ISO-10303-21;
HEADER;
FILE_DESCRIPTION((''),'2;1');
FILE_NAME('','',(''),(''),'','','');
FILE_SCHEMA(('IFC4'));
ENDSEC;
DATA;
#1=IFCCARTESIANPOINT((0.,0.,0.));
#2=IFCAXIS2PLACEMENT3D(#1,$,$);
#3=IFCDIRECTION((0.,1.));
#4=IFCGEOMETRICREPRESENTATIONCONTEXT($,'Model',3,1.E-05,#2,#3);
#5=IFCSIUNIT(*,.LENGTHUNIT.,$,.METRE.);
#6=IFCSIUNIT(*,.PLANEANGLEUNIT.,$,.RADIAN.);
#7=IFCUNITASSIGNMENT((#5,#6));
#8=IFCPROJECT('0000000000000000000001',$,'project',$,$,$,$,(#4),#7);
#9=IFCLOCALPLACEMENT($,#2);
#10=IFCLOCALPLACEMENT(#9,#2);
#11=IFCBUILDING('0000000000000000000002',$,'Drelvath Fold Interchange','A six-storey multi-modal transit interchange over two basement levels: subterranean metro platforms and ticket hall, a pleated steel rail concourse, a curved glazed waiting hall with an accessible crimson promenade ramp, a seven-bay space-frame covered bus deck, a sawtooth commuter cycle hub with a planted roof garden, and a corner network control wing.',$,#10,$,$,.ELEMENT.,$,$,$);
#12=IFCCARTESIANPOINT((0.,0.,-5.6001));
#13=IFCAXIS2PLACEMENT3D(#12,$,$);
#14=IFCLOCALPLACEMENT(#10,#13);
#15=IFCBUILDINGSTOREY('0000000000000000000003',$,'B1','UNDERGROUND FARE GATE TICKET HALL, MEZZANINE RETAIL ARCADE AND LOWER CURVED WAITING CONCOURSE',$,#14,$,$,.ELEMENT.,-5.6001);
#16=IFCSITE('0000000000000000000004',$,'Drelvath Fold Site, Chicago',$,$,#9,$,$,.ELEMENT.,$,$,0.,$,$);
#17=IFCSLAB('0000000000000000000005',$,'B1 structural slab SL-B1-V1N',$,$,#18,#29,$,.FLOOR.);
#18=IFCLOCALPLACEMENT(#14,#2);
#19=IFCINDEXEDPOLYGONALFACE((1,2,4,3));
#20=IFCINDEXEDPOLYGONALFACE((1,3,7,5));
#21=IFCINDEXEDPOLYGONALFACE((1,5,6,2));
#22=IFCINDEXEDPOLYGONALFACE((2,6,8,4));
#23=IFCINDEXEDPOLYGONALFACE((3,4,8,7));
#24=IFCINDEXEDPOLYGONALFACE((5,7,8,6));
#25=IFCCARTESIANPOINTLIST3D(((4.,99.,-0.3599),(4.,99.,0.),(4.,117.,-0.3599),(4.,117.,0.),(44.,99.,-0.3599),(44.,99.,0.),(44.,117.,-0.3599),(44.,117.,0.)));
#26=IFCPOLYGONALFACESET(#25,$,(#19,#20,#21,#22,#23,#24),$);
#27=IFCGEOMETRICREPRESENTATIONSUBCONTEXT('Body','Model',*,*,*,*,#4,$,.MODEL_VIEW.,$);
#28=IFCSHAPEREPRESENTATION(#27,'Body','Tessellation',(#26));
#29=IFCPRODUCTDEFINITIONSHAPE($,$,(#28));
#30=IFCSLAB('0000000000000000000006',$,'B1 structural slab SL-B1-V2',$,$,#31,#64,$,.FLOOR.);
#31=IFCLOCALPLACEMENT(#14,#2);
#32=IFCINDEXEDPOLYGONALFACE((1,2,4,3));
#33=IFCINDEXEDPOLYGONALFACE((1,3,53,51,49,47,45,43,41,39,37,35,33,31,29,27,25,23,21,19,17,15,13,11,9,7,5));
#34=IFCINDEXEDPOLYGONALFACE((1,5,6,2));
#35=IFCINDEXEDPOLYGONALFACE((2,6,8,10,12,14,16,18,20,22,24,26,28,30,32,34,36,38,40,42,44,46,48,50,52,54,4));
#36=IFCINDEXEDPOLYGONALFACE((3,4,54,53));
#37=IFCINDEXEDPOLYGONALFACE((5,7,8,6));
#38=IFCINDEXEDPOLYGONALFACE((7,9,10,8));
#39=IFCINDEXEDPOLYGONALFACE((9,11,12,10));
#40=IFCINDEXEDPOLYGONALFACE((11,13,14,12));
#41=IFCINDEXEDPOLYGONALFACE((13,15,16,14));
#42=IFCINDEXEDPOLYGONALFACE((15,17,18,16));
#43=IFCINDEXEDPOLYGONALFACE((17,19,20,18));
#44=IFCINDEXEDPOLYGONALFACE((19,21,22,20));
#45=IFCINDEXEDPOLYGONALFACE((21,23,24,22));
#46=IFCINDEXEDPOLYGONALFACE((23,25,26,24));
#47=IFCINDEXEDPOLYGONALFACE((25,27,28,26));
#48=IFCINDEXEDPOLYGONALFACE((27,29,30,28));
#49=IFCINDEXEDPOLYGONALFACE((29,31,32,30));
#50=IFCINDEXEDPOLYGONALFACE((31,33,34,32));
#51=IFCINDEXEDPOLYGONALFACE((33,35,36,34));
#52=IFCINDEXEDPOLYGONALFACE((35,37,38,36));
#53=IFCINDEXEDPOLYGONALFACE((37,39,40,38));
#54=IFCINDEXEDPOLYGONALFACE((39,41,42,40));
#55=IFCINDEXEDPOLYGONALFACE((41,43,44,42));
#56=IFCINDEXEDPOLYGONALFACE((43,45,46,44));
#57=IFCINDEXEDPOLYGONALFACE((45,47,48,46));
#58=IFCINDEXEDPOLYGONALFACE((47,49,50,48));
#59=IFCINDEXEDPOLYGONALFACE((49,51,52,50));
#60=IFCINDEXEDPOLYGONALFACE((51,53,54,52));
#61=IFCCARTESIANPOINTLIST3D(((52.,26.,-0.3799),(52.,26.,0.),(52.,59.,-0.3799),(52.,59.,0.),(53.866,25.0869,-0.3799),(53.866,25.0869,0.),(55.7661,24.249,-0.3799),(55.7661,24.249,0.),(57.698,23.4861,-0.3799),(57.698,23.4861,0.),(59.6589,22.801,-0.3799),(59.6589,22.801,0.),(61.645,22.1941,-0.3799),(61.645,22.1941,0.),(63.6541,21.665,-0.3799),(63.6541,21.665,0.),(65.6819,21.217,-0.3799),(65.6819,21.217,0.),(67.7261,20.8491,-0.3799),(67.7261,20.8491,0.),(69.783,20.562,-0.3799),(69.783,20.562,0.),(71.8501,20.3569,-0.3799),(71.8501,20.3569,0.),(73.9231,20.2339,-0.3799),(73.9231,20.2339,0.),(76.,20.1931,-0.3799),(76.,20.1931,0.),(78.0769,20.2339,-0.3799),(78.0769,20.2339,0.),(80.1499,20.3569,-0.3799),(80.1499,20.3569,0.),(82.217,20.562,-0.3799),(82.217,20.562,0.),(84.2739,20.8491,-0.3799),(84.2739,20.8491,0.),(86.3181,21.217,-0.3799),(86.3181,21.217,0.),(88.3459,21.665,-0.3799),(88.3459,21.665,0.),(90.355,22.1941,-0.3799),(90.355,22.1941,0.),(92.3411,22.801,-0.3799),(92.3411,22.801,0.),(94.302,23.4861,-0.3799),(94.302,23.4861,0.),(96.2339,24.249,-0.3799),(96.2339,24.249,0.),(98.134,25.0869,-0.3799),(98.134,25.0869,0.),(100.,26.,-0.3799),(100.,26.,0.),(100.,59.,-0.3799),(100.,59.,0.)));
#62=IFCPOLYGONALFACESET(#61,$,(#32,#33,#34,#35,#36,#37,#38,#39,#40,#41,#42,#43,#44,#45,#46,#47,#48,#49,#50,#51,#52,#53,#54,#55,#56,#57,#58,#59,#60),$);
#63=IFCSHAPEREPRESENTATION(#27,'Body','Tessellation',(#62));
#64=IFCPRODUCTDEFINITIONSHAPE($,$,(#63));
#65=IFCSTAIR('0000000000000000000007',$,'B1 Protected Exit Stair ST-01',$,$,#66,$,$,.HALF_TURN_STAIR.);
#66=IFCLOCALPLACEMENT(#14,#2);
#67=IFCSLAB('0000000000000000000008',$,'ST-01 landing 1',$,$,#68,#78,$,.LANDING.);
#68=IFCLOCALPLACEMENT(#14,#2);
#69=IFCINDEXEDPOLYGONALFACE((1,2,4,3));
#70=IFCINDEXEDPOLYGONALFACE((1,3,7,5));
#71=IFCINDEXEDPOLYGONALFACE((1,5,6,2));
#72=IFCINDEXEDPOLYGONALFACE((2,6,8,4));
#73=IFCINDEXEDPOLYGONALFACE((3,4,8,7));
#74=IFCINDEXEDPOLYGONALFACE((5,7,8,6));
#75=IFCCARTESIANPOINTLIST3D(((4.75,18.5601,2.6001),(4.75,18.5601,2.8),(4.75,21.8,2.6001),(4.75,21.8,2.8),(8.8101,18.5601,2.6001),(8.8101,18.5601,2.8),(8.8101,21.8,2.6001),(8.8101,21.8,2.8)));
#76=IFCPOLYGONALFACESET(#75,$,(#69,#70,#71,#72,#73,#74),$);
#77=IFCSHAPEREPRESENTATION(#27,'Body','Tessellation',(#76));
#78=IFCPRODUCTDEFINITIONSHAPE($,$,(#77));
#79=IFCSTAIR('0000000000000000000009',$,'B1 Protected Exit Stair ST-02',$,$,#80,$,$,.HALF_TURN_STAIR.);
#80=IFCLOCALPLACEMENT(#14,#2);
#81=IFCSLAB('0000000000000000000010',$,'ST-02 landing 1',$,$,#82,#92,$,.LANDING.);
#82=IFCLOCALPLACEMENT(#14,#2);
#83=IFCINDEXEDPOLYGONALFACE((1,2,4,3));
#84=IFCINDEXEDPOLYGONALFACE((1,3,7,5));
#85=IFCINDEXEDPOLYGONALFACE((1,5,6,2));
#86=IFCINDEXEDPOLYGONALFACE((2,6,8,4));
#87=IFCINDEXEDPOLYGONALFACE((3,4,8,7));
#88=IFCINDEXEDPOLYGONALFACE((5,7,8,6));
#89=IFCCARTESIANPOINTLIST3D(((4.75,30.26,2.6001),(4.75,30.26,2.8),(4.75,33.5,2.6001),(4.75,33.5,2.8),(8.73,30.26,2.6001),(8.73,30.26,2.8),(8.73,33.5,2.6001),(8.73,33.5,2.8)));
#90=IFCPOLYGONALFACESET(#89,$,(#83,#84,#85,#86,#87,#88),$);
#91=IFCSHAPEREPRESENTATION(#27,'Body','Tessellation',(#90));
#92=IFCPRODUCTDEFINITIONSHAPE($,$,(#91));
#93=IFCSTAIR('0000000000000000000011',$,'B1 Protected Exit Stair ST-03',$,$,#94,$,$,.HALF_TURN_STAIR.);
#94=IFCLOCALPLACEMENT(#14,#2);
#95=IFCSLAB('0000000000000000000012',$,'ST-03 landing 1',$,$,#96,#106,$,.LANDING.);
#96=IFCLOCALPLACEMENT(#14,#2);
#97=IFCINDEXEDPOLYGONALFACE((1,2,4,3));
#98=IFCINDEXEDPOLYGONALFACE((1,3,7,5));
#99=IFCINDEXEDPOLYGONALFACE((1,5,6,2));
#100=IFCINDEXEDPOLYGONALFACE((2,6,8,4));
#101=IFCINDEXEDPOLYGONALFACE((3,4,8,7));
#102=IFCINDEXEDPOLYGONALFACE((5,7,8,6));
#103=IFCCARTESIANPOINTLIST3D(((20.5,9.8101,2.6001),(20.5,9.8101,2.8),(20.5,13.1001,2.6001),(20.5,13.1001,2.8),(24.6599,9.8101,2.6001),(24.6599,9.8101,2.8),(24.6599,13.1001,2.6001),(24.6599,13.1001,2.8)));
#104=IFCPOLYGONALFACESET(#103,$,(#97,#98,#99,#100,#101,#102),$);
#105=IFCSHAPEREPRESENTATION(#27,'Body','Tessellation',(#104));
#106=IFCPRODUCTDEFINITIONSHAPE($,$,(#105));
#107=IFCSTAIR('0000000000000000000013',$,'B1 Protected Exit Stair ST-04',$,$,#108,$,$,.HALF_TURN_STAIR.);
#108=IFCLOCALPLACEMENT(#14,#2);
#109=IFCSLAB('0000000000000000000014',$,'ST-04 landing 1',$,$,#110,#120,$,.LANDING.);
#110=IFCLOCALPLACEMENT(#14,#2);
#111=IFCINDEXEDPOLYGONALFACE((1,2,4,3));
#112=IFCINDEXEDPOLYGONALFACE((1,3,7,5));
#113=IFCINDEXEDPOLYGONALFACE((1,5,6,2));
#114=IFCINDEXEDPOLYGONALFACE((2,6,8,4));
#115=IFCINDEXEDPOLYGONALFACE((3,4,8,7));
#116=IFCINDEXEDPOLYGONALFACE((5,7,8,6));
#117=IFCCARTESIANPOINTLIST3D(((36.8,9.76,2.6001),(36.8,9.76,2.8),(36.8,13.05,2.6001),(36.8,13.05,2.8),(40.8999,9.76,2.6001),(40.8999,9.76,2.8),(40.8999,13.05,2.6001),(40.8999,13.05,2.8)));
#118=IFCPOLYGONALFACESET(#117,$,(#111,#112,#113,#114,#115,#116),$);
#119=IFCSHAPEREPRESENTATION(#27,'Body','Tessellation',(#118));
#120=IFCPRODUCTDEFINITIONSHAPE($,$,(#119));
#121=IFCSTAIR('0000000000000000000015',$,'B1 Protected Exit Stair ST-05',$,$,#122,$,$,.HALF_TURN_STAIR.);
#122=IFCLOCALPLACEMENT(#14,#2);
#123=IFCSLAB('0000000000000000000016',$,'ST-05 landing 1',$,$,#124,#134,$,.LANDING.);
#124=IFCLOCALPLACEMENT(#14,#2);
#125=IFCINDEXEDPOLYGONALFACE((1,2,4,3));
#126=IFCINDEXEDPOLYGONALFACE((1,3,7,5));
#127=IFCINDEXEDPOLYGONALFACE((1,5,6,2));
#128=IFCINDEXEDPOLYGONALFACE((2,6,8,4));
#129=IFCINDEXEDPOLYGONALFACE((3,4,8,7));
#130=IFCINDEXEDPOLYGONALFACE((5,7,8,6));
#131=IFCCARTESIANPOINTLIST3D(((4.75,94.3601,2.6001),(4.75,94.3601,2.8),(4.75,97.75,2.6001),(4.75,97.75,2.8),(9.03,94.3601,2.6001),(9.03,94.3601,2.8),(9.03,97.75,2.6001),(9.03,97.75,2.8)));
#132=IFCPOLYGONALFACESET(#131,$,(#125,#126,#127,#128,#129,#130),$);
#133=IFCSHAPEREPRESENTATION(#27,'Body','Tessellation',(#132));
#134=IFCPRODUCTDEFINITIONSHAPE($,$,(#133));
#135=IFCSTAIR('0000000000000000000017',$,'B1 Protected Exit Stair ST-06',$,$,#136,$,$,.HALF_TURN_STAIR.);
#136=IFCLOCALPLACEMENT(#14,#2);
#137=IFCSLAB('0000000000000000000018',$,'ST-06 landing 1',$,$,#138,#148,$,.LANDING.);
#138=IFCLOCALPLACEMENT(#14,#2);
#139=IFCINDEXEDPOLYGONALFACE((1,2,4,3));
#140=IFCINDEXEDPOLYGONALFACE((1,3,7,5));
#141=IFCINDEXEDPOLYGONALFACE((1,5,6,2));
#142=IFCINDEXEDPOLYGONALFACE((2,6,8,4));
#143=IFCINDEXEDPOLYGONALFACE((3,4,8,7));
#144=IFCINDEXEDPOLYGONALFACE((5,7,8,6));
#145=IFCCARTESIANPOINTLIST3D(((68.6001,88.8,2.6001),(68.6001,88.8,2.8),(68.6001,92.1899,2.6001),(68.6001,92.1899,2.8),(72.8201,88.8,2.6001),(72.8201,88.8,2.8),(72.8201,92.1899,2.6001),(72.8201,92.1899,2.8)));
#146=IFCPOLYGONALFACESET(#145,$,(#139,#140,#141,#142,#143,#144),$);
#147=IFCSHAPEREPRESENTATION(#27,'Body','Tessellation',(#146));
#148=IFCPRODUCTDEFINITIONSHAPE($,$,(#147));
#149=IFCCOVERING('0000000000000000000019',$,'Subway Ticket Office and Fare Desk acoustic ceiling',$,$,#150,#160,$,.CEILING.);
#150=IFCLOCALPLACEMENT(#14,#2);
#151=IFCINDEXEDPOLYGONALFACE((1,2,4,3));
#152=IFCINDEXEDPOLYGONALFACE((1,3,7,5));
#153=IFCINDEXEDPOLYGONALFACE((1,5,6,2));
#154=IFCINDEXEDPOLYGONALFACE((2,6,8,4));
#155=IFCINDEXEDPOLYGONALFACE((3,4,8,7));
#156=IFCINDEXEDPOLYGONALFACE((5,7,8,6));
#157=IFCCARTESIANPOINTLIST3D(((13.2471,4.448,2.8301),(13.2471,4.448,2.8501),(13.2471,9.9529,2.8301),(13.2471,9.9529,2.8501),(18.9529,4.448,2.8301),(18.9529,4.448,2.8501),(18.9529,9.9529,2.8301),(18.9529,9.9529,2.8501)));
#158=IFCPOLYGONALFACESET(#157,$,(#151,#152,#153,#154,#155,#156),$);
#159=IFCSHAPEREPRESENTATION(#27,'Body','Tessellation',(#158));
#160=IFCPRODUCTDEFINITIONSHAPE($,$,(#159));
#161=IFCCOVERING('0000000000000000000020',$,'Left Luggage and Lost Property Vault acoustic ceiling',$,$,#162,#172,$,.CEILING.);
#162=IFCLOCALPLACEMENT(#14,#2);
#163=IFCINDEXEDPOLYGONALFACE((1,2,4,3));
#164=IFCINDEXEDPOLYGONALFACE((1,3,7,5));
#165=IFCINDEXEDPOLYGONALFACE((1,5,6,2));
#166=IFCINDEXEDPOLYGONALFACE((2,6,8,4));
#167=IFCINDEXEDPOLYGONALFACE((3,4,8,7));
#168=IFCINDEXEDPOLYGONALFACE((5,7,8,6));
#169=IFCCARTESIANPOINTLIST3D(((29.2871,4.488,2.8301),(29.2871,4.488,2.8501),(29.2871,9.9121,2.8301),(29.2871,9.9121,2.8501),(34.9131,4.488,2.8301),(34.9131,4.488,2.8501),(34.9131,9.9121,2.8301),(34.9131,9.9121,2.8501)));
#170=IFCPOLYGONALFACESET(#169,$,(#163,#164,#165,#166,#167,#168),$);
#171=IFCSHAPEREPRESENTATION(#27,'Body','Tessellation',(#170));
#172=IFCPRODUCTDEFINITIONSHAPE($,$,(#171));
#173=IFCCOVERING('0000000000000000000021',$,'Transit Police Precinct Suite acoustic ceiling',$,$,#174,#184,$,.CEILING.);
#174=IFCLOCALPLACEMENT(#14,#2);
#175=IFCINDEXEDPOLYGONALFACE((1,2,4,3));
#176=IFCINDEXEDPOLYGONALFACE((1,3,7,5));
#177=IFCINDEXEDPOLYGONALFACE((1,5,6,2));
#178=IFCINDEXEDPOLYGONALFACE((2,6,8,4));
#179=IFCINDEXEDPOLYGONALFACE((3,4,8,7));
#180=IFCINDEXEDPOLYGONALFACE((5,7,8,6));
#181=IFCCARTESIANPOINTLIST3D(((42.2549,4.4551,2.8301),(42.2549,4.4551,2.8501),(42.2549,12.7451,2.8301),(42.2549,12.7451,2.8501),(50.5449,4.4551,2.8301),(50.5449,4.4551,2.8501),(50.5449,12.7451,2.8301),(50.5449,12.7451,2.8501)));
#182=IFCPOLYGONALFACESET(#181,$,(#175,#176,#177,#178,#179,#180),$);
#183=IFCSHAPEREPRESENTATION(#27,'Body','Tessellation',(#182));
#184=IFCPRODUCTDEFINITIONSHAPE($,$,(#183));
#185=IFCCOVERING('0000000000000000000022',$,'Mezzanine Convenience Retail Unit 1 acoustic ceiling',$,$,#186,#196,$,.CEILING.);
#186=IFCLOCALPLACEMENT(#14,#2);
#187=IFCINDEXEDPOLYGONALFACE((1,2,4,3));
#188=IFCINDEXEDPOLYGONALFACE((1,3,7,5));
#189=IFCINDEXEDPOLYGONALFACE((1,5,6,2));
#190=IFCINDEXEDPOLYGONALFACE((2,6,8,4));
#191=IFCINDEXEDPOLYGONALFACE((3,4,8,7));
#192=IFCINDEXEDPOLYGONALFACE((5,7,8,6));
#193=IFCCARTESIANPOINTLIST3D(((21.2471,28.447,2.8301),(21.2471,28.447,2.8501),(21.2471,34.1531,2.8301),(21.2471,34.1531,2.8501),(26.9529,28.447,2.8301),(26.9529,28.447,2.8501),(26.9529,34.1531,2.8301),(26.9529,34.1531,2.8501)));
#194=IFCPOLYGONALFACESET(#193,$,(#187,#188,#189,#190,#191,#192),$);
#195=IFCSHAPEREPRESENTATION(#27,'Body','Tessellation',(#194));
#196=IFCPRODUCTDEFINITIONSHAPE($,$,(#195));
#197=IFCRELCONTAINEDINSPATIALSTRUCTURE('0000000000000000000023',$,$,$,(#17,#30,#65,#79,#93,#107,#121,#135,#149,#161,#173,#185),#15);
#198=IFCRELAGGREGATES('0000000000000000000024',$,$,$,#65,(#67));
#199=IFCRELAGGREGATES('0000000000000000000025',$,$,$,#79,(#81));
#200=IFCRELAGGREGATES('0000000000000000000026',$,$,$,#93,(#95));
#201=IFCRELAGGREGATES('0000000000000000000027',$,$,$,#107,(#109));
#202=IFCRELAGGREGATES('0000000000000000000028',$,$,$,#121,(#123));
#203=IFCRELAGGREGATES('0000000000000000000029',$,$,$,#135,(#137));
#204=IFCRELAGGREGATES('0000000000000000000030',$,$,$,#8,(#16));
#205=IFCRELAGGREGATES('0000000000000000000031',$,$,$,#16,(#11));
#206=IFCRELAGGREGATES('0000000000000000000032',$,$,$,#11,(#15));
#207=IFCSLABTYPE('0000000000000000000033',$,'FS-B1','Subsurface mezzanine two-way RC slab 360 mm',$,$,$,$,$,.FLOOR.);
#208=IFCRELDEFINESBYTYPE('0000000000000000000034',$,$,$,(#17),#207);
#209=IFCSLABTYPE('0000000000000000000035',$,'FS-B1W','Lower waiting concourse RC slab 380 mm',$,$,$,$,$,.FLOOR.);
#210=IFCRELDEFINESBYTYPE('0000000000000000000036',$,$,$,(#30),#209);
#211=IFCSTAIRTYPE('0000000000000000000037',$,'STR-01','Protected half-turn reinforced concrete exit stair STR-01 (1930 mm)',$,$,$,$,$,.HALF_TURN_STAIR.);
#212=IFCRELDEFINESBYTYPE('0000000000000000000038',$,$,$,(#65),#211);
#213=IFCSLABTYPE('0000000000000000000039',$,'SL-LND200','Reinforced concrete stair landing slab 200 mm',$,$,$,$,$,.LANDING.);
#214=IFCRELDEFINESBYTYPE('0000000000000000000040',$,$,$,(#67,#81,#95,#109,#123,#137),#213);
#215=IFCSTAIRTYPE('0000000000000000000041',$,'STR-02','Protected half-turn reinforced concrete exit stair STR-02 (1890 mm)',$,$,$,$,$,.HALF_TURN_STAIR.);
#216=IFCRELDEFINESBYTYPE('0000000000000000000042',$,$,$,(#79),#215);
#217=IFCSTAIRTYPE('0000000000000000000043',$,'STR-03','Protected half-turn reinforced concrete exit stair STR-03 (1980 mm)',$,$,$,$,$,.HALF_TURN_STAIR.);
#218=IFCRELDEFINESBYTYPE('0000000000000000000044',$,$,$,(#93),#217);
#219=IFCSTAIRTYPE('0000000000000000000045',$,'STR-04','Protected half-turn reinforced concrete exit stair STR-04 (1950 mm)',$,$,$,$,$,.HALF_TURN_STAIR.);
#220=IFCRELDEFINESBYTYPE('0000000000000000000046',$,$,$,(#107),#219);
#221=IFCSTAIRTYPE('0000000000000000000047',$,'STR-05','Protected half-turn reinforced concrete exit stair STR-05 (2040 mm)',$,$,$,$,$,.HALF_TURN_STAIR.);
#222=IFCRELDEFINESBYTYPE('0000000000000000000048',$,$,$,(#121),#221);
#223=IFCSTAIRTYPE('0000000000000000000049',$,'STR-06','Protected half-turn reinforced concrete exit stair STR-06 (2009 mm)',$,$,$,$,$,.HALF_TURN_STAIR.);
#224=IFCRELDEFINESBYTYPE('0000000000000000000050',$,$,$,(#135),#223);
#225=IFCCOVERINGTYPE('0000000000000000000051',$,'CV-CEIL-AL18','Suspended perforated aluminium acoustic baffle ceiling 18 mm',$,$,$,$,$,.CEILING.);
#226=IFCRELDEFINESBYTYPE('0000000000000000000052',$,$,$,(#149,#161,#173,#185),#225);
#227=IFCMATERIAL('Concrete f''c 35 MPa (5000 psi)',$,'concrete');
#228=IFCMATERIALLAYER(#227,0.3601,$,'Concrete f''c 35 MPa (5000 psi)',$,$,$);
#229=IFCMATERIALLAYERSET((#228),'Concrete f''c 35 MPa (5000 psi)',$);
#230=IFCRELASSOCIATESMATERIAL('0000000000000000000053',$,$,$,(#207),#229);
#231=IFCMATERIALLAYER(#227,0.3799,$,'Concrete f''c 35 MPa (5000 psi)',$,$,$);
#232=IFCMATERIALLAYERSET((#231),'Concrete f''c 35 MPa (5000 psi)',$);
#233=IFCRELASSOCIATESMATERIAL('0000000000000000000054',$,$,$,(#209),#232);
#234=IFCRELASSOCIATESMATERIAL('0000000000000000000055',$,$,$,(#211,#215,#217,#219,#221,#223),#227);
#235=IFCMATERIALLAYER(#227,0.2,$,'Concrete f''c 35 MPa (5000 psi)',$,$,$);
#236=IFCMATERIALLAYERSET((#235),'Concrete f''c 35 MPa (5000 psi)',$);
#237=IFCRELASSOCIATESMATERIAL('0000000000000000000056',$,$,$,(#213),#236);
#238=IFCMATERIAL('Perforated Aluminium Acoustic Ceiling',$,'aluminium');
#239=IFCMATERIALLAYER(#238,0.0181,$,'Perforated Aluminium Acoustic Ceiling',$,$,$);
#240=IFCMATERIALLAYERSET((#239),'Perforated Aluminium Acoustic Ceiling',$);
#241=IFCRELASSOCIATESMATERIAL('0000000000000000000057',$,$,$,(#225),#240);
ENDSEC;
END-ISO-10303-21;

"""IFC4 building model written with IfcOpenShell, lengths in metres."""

from ifc_helpers import new_model, si_unit, direction, frame, origin, place, context, subcontext, project, spatial, polyline, outline, extrude, material, layer, layer_set, type_object, element, aggregate, save


model = new_model("IFC4")

# Units and contexts
model_context = context("Model", 3, precision=1e-05, world=origin(), true_north=direction((0.0, 1.0)))
body_context = subcontext(model_context, "Body", "Model", "MODEL_VIEW")
ifc_project = project(units=[si_unit("LENGTHUNIT", "METRE"), si_unit("PLANEANGLEUNIT", "RADIAN")], contexts=[model_context])

# Site, building, storey
site_placement = place(None, origin())
site = spatial("IfcSite", under=ifc_project, at=site_placement, Name="Drelvath Fold Site, Chicago", CompositionType="ELEMENT", RefElevation=0.0)
building_placement = place(site_placement, origin())
building = spatial("IfcBuilding", under=site, at=building_placement, Name="Drelvath Fold Interchange", Description="A six-storey multi-modal transit interchange over two basement levels: subterranean metro platforms and ticket hall, a pleated steel rail concourse, a curved glazed waiting hall with an accessible crimson promenade ramp, a seven-bay space-frame covered bus deck, a sawtooth commuter cycle hub with a planted roof garden, and a corner network control wing.", CompositionType="ELEMENT")
storey_placement = place(building_placement, frame((0.0, 0.0, -5.6001)))
storey = spatial("IfcBuildingStorey", under=building, at=storey_placement, Name="B1", Description="UNDERGROUND FARE GATE TICKET HALL, MEZZANINE RETAIL ARCADE AND LOWER CURVED WAITING CONCOURSE", CompositionType="ELEMENT", Elevation=-5.6001)

# Slabs
ifc_material_1 = material(Name="Concrete f'c 35 MPa (5000 psi)", Category="concrete")
ifc_layer_1 = layer(ifc_material_1, 0.3601, Name="Concrete f'c 35 MPa (5000 psi)")
ifc_layer_set_1 = layer_set([ifc_layer_1], Name="Concrete f'c 35 MPa (5000 psi)")
slab_type_1 = type_object("IfcSlabType", Name="FS-B1", Description="Subsurface mezzanine two-way RC slab 360 mm", PredefinedType="FLOOR", material=ifc_layer_set_1)
slab_1_placement = place(storey_placement, frame((0.0, 0.0, -0.3599)))
element("IfcSlab", 1, at=slab_1_placement, inside=storey, type_object=slab_type_1, Name="B1 structural slab SL-B1-V1N", PredefinedType="FLOOR", context=body_context, shape_type="SweptSolid", body=[
    extrude(outline(polyline([(4.0, 99.0), (44.0, 99.0), (44.0, 117.0), (4.0, 117.0), (4.0, 99.0)])), origin(), (0.0, 0.0, 1.0), 0.3599),
])
ifc_layer_2 = layer(ifc_material_1, 0.3799, Name="Concrete f'c 35 MPa (5000 psi)")
ifc_layer_set_2 = layer_set([ifc_layer_2], Name="Concrete f'c 35 MPa (5000 psi)")
slab_type_2 = type_object("IfcSlabType", Name="FS-B1W", Description="Lower waiting concourse RC slab 380 mm", PredefinedType="FLOOR", material=ifc_layer_set_2)
slab_2_placement = place(storey_placement, frame((0.0, 0.0, -0.3799)))
element("IfcSlab", 2, at=slab_2_placement, inside=storey, type_object=slab_type_2, Name="B1 structural slab SL-B1-V2", PredefinedType="FLOOR", context=body_context, shape_type="SweptSolid", body=[
    extrude(outline(polyline([(52.0, 26.0), (53.866, 25.0869), (55.7661, 24.249), (57.698, 23.4861), (59.6589, 22.801), (61.645, 22.1941), (63.6541, 21.665), (65.6819, 21.217), (67.7261, 20.8491), (69.783, 20.562), (71.8501, 20.3569), (73.9231, 20.2339), (76.0, 20.1931), (78.0769, 20.2339), (80.1499, 20.3569), (82.217, 20.562), (84.2739, 20.8491), (86.3181, 21.217), (88.3459, 21.665), (90.355, 22.1941), (92.3411, 22.801), (94.302, 23.4861), (96.2339, 24.249), (98.134, 25.0869), (100.0, 26.0), (100.0, 59.0), (52.0, 59.0), (52.0, 26.0)])), origin(), (0.0, 0.0, 1.0), 0.3799),
])

# Stairs, slabs
stair_type_1 = type_object("IfcStairType", Name="STR-01", Description="Protected half-turn reinforced concrete exit stair STR-01 (1930 mm)", PredefinedType="HALF_TURN_STAIR", material=ifc_material_1)
stair_1_placement = place(storey_placement, origin())
stair_1 = element("IfcStair", 3, at=stair_1_placement, inside=storey, type_object=stair_type_1, Name="B1 Protected Exit Stair ST-01", PredefinedType="HALF_TURN_STAIR")
ifc_layer_3 = layer(ifc_material_1, 0.2, Name="Concrete f'c 35 MPa (5000 psi)")
ifc_layer_set_3 = layer_set([ifc_layer_3], Name="Concrete f'c 35 MPa (5000 psi)")
slab_type_3 = type_object("IfcSlabType", Name="SL-LND200", Description="Reinforced concrete stair landing slab 200 mm", PredefinedType="LANDING", material=ifc_layer_set_3)
slab_3_placement = place(storey_placement, frame((0.0, 0.0, 2.6001)))
slab_3 = element("IfcSlab", 4, at=slab_3_placement, type_object=slab_type_3, Name="ST-01 landing 1", PredefinedType="LANDING", context=body_context, shape_type="SweptSolid", body=[
    extrude(outline(polyline([(8.8101, 18.5601), (8.8101, 21.8), (4.75, 21.8), (4.75, 18.5601), (8.8101, 18.5601)])), origin(), (0.0, 0.0, 1.0), 0.2),
])
aggregate(stair_1, [slab_3])
stair_type_2 = type_object("IfcStairType", Name="STR-02", Description="Protected half-turn reinforced concrete exit stair STR-02 (1890 mm)", PredefinedType="HALF_TURN_STAIR", material=ifc_material_1)
stair_2_placement = place(storey_placement, origin())
stair_2 = element("IfcStair", 5, at=stair_2_placement, inside=storey, type_object=stair_type_2, Name="B1 Protected Exit Stair ST-02", PredefinedType="HALF_TURN_STAIR")
slab_4_placement = place(storey_placement, frame((0.0, 0.0, 2.6001)))
slab_4 = element("IfcSlab", 6, at=slab_4_placement, type_object=slab_type_3, Name="ST-02 landing 1", PredefinedType="LANDING", context=body_context, shape_type="SweptSolid", body=[
    extrude(outline(polyline([(8.73, 30.26), (8.73, 33.5), (4.75, 33.5), (4.75, 30.26), (8.73, 30.26)])), origin(), (0.0, 0.0, 1.0), 0.2),
])
aggregate(stair_2, [slab_4])
stair_type_3 = type_object("IfcStairType", Name="STR-03", Description="Protected half-turn reinforced concrete exit stair STR-03 (1980 mm)", PredefinedType="HALF_TURN_STAIR", material=ifc_material_1)
stair_3_placement = place(storey_placement, origin())
stair_3 = element("IfcStair", 7, at=stair_3_placement, inside=storey, type_object=stair_type_3, Name="B1 Protected Exit Stair ST-03", PredefinedType="HALF_TURN_STAIR")
slab_5_placement = place(storey_placement, frame((0.0, 0.0, 2.6001)))
slab_5 = element("IfcSlab", 8, at=slab_5_placement, type_object=slab_type_3, Name="ST-03 landing 1", PredefinedType="LANDING", context=body_context, shape_type="SweptSolid", body=[
    extrude(outline(polyline([(24.6599, 9.8101), (24.6599, 13.1001), (20.5, 13.1001), (20.5, 9.8101), (24.6599, 9.8101)])), origin(), (0.0, 0.0, 1.0), 0.2),
])
aggregate(stair_3, [slab_5])
stair_type_4 = type_object("IfcStairType", Name="STR-04", Description="Protected half-turn reinforced concrete exit stair STR-04 (1950 mm)", PredefinedType="HALF_TURN_STAIR", material=ifc_material_1)
stair_4_placement = place(storey_placement, origin())
stair_4 = element("IfcStair", 9, at=stair_4_placement, inside=storey, type_object=stair_type_4, Name="B1 Protected Exit Stair ST-04", PredefinedType="HALF_TURN_STAIR")
slab_6_placement = place(storey_placement, frame((0.0, 0.0, 2.6001)))
slab_6 = element("IfcSlab", 10, at=slab_6_placement, type_object=slab_type_3, Name="ST-04 landing 1", PredefinedType="LANDING", context=body_context, shape_type="SweptSolid", body=[
    extrude(outline(polyline([(40.8999, 9.76), (40.8999, 13.05), (36.8, 13.05), (36.8, 9.76), (40.8999, 9.76)])), origin(), (0.0, 0.0, 1.0), 0.2),
])
aggregate(stair_4, [slab_6])
stair_type_5 = type_object("IfcStairType", Name="STR-05", Description="Protected half-turn reinforced concrete exit stair STR-05 (2040 mm)", PredefinedType="HALF_TURN_STAIR", material=ifc_material_1)
stair_5_placement = place(storey_placement, origin())
stair_5 = element("IfcStair", 11, at=stair_5_placement, inside=storey, type_object=stair_type_5, Name="B1 Protected Exit Stair ST-05", PredefinedType="HALF_TURN_STAIR")
slab_7_placement = place(storey_placement, frame((0.0, 0.0, 2.6001)))
slab_7 = element("IfcSlab", 12, at=slab_7_placement, type_object=slab_type_3, Name="ST-05 landing 1", PredefinedType="LANDING", context=body_context, shape_type="SweptSolid", body=[
    extrude(outline(polyline([(9.03, 94.3601), (9.03, 97.75), (4.75, 97.75), (4.75, 94.3601), (9.03, 94.3601)])), origin(), (0.0, 0.0, 1.0), 0.2),
])
aggregate(stair_5, [slab_7])
stair_type_6 = type_object("IfcStairType", Name="STR-06", Description="Protected half-turn reinforced concrete exit stair STR-06 (2009 mm)", PredefinedType="HALF_TURN_STAIR", material=ifc_material_1)
stair_6_placement = place(storey_placement, origin())
stair_6 = element("IfcStair", 13, at=stair_6_placement, inside=storey, type_object=stair_type_6, Name="B1 Protected Exit Stair ST-06", PredefinedType="HALF_TURN_STAIR")
slab_8_placement = place(storey_placement, frame((0.0, 0.0, 2.6001)))
slab_8 = element("IfcSlab", 14, at=slab_8_placement, type_object=slab_type_3, Name="ST-06 landing 1", PredefinedType="LANDING", context=body_context, shape_type="SweptSolid", body=[
    extrude(outline(polyline([(68.6001, 92.1899), (68.6001, 88.8), (72.8201, 88.8), (72.8201, 92.1899), (68.6001, 92.1899)])), origin(), (0.0, 0.0, 1.0), 0.2),
])
aggregate(stair_6, [slab_8])

# Coverings
ifc_material_2 = material(Name="Perforated Aluminium Acoustic Ceiling", Category="aluminium")
ifc_layer_4 = layer(ifc_material_2, 0.0181, Name="Perforated Aluminium Acoustic Ceiling")
ifc_layer_set_4 = layer_set([ifc_layer_4], Name="Perforated Aluminium Acoustic Ceiling")
covering_type = type_object("IfcCoveringType", Name="CV-CEIL-AL18", Description="Suspended perforated aluminium acoustic baffle ceiling 18 mm", PredefinedType="CEILING", material=ifc_layer_set_4)
covering_1_placement = place(storey_placement, frame((0.0, 0.0, 2.8301)))
element("IfcCovering", 15, at=covering_1_placement, inside=storey, type_object=covering_type, Name="Subway Ticket Office and Fare Desk acoustic ceiling", PredefinedType="CEILING", context=body_context, shape_type="SweptSolid", body=[
    extrude(outline(polyline([(13.2471, 4.448), (18.9529, 4.448), (18.9529, 9.9529), (13.2471, 9.9529), (13.2471, 4.448)])), origin(), (0.0, 0.0, 1.0), 0.02),
])
covering_2_placement = place(storey_placement, frame((0.0, 0.0, 2.8301)))
element("IfcCovering", 16, at=covering_2_placement, inside=storey, type_object=covering_type, Name="Left Luggage and Lost Property Vault acoustic ceiling", PredefinedType="CEILING", context=body_context, shape_type="SweptSolid", body=[
    extrude(outline(polyline([(29.2871, 4.488), (34.9131, 4.488), (34.9131, 9.9121), (29.2871, 9.9121), (29.2871, 4.488)])), origin(), (0.0, 0.0, 1.0), 0.02),
])
covering_3_placement = place(storey_placement, frame((0.0, 0.0, 2.8301)))
element("IfcCovering", 17, at=covering_3_placement, inside=storey, type_object=covering_type, Name="Transit Police Precinct Suite acoustic ceiling", PredefinedType="CEILING", context=body_context, shape_type="SweptSolid", body=[
    extrude(outline(polyline([(42.2549, 4.4551), (50.5449, 4.4551), (50.5449, 12.7451), (42.2549, 12.7451), (42.2549, 4.4551)])), origin(), (0.0, 0.0, 1.0), 0.02),
])
covering_4_placement = place(storey_placement, frame((0.0, 0.0, 2.8301)))
element("IfcCovering", 18, at=covering_4_placement, inside=storey, type_object=covering_type, Name="Mezzanine Convenience Retail Unit 1 acoustic ceiling", PredefinedType="CEILING", context=body_context, shape_type="SweptSolid", body=[
    extrude(outline(polyline([(21.2471, 28.447), (26.9529, 28.447), (26.9529, 34.1531), (21.2471, 34.1531), (21.2471, 28.447)])), origin(), (0.0, 0.0, 1.0), 0.02),
])

save(model, "model.ifc")
